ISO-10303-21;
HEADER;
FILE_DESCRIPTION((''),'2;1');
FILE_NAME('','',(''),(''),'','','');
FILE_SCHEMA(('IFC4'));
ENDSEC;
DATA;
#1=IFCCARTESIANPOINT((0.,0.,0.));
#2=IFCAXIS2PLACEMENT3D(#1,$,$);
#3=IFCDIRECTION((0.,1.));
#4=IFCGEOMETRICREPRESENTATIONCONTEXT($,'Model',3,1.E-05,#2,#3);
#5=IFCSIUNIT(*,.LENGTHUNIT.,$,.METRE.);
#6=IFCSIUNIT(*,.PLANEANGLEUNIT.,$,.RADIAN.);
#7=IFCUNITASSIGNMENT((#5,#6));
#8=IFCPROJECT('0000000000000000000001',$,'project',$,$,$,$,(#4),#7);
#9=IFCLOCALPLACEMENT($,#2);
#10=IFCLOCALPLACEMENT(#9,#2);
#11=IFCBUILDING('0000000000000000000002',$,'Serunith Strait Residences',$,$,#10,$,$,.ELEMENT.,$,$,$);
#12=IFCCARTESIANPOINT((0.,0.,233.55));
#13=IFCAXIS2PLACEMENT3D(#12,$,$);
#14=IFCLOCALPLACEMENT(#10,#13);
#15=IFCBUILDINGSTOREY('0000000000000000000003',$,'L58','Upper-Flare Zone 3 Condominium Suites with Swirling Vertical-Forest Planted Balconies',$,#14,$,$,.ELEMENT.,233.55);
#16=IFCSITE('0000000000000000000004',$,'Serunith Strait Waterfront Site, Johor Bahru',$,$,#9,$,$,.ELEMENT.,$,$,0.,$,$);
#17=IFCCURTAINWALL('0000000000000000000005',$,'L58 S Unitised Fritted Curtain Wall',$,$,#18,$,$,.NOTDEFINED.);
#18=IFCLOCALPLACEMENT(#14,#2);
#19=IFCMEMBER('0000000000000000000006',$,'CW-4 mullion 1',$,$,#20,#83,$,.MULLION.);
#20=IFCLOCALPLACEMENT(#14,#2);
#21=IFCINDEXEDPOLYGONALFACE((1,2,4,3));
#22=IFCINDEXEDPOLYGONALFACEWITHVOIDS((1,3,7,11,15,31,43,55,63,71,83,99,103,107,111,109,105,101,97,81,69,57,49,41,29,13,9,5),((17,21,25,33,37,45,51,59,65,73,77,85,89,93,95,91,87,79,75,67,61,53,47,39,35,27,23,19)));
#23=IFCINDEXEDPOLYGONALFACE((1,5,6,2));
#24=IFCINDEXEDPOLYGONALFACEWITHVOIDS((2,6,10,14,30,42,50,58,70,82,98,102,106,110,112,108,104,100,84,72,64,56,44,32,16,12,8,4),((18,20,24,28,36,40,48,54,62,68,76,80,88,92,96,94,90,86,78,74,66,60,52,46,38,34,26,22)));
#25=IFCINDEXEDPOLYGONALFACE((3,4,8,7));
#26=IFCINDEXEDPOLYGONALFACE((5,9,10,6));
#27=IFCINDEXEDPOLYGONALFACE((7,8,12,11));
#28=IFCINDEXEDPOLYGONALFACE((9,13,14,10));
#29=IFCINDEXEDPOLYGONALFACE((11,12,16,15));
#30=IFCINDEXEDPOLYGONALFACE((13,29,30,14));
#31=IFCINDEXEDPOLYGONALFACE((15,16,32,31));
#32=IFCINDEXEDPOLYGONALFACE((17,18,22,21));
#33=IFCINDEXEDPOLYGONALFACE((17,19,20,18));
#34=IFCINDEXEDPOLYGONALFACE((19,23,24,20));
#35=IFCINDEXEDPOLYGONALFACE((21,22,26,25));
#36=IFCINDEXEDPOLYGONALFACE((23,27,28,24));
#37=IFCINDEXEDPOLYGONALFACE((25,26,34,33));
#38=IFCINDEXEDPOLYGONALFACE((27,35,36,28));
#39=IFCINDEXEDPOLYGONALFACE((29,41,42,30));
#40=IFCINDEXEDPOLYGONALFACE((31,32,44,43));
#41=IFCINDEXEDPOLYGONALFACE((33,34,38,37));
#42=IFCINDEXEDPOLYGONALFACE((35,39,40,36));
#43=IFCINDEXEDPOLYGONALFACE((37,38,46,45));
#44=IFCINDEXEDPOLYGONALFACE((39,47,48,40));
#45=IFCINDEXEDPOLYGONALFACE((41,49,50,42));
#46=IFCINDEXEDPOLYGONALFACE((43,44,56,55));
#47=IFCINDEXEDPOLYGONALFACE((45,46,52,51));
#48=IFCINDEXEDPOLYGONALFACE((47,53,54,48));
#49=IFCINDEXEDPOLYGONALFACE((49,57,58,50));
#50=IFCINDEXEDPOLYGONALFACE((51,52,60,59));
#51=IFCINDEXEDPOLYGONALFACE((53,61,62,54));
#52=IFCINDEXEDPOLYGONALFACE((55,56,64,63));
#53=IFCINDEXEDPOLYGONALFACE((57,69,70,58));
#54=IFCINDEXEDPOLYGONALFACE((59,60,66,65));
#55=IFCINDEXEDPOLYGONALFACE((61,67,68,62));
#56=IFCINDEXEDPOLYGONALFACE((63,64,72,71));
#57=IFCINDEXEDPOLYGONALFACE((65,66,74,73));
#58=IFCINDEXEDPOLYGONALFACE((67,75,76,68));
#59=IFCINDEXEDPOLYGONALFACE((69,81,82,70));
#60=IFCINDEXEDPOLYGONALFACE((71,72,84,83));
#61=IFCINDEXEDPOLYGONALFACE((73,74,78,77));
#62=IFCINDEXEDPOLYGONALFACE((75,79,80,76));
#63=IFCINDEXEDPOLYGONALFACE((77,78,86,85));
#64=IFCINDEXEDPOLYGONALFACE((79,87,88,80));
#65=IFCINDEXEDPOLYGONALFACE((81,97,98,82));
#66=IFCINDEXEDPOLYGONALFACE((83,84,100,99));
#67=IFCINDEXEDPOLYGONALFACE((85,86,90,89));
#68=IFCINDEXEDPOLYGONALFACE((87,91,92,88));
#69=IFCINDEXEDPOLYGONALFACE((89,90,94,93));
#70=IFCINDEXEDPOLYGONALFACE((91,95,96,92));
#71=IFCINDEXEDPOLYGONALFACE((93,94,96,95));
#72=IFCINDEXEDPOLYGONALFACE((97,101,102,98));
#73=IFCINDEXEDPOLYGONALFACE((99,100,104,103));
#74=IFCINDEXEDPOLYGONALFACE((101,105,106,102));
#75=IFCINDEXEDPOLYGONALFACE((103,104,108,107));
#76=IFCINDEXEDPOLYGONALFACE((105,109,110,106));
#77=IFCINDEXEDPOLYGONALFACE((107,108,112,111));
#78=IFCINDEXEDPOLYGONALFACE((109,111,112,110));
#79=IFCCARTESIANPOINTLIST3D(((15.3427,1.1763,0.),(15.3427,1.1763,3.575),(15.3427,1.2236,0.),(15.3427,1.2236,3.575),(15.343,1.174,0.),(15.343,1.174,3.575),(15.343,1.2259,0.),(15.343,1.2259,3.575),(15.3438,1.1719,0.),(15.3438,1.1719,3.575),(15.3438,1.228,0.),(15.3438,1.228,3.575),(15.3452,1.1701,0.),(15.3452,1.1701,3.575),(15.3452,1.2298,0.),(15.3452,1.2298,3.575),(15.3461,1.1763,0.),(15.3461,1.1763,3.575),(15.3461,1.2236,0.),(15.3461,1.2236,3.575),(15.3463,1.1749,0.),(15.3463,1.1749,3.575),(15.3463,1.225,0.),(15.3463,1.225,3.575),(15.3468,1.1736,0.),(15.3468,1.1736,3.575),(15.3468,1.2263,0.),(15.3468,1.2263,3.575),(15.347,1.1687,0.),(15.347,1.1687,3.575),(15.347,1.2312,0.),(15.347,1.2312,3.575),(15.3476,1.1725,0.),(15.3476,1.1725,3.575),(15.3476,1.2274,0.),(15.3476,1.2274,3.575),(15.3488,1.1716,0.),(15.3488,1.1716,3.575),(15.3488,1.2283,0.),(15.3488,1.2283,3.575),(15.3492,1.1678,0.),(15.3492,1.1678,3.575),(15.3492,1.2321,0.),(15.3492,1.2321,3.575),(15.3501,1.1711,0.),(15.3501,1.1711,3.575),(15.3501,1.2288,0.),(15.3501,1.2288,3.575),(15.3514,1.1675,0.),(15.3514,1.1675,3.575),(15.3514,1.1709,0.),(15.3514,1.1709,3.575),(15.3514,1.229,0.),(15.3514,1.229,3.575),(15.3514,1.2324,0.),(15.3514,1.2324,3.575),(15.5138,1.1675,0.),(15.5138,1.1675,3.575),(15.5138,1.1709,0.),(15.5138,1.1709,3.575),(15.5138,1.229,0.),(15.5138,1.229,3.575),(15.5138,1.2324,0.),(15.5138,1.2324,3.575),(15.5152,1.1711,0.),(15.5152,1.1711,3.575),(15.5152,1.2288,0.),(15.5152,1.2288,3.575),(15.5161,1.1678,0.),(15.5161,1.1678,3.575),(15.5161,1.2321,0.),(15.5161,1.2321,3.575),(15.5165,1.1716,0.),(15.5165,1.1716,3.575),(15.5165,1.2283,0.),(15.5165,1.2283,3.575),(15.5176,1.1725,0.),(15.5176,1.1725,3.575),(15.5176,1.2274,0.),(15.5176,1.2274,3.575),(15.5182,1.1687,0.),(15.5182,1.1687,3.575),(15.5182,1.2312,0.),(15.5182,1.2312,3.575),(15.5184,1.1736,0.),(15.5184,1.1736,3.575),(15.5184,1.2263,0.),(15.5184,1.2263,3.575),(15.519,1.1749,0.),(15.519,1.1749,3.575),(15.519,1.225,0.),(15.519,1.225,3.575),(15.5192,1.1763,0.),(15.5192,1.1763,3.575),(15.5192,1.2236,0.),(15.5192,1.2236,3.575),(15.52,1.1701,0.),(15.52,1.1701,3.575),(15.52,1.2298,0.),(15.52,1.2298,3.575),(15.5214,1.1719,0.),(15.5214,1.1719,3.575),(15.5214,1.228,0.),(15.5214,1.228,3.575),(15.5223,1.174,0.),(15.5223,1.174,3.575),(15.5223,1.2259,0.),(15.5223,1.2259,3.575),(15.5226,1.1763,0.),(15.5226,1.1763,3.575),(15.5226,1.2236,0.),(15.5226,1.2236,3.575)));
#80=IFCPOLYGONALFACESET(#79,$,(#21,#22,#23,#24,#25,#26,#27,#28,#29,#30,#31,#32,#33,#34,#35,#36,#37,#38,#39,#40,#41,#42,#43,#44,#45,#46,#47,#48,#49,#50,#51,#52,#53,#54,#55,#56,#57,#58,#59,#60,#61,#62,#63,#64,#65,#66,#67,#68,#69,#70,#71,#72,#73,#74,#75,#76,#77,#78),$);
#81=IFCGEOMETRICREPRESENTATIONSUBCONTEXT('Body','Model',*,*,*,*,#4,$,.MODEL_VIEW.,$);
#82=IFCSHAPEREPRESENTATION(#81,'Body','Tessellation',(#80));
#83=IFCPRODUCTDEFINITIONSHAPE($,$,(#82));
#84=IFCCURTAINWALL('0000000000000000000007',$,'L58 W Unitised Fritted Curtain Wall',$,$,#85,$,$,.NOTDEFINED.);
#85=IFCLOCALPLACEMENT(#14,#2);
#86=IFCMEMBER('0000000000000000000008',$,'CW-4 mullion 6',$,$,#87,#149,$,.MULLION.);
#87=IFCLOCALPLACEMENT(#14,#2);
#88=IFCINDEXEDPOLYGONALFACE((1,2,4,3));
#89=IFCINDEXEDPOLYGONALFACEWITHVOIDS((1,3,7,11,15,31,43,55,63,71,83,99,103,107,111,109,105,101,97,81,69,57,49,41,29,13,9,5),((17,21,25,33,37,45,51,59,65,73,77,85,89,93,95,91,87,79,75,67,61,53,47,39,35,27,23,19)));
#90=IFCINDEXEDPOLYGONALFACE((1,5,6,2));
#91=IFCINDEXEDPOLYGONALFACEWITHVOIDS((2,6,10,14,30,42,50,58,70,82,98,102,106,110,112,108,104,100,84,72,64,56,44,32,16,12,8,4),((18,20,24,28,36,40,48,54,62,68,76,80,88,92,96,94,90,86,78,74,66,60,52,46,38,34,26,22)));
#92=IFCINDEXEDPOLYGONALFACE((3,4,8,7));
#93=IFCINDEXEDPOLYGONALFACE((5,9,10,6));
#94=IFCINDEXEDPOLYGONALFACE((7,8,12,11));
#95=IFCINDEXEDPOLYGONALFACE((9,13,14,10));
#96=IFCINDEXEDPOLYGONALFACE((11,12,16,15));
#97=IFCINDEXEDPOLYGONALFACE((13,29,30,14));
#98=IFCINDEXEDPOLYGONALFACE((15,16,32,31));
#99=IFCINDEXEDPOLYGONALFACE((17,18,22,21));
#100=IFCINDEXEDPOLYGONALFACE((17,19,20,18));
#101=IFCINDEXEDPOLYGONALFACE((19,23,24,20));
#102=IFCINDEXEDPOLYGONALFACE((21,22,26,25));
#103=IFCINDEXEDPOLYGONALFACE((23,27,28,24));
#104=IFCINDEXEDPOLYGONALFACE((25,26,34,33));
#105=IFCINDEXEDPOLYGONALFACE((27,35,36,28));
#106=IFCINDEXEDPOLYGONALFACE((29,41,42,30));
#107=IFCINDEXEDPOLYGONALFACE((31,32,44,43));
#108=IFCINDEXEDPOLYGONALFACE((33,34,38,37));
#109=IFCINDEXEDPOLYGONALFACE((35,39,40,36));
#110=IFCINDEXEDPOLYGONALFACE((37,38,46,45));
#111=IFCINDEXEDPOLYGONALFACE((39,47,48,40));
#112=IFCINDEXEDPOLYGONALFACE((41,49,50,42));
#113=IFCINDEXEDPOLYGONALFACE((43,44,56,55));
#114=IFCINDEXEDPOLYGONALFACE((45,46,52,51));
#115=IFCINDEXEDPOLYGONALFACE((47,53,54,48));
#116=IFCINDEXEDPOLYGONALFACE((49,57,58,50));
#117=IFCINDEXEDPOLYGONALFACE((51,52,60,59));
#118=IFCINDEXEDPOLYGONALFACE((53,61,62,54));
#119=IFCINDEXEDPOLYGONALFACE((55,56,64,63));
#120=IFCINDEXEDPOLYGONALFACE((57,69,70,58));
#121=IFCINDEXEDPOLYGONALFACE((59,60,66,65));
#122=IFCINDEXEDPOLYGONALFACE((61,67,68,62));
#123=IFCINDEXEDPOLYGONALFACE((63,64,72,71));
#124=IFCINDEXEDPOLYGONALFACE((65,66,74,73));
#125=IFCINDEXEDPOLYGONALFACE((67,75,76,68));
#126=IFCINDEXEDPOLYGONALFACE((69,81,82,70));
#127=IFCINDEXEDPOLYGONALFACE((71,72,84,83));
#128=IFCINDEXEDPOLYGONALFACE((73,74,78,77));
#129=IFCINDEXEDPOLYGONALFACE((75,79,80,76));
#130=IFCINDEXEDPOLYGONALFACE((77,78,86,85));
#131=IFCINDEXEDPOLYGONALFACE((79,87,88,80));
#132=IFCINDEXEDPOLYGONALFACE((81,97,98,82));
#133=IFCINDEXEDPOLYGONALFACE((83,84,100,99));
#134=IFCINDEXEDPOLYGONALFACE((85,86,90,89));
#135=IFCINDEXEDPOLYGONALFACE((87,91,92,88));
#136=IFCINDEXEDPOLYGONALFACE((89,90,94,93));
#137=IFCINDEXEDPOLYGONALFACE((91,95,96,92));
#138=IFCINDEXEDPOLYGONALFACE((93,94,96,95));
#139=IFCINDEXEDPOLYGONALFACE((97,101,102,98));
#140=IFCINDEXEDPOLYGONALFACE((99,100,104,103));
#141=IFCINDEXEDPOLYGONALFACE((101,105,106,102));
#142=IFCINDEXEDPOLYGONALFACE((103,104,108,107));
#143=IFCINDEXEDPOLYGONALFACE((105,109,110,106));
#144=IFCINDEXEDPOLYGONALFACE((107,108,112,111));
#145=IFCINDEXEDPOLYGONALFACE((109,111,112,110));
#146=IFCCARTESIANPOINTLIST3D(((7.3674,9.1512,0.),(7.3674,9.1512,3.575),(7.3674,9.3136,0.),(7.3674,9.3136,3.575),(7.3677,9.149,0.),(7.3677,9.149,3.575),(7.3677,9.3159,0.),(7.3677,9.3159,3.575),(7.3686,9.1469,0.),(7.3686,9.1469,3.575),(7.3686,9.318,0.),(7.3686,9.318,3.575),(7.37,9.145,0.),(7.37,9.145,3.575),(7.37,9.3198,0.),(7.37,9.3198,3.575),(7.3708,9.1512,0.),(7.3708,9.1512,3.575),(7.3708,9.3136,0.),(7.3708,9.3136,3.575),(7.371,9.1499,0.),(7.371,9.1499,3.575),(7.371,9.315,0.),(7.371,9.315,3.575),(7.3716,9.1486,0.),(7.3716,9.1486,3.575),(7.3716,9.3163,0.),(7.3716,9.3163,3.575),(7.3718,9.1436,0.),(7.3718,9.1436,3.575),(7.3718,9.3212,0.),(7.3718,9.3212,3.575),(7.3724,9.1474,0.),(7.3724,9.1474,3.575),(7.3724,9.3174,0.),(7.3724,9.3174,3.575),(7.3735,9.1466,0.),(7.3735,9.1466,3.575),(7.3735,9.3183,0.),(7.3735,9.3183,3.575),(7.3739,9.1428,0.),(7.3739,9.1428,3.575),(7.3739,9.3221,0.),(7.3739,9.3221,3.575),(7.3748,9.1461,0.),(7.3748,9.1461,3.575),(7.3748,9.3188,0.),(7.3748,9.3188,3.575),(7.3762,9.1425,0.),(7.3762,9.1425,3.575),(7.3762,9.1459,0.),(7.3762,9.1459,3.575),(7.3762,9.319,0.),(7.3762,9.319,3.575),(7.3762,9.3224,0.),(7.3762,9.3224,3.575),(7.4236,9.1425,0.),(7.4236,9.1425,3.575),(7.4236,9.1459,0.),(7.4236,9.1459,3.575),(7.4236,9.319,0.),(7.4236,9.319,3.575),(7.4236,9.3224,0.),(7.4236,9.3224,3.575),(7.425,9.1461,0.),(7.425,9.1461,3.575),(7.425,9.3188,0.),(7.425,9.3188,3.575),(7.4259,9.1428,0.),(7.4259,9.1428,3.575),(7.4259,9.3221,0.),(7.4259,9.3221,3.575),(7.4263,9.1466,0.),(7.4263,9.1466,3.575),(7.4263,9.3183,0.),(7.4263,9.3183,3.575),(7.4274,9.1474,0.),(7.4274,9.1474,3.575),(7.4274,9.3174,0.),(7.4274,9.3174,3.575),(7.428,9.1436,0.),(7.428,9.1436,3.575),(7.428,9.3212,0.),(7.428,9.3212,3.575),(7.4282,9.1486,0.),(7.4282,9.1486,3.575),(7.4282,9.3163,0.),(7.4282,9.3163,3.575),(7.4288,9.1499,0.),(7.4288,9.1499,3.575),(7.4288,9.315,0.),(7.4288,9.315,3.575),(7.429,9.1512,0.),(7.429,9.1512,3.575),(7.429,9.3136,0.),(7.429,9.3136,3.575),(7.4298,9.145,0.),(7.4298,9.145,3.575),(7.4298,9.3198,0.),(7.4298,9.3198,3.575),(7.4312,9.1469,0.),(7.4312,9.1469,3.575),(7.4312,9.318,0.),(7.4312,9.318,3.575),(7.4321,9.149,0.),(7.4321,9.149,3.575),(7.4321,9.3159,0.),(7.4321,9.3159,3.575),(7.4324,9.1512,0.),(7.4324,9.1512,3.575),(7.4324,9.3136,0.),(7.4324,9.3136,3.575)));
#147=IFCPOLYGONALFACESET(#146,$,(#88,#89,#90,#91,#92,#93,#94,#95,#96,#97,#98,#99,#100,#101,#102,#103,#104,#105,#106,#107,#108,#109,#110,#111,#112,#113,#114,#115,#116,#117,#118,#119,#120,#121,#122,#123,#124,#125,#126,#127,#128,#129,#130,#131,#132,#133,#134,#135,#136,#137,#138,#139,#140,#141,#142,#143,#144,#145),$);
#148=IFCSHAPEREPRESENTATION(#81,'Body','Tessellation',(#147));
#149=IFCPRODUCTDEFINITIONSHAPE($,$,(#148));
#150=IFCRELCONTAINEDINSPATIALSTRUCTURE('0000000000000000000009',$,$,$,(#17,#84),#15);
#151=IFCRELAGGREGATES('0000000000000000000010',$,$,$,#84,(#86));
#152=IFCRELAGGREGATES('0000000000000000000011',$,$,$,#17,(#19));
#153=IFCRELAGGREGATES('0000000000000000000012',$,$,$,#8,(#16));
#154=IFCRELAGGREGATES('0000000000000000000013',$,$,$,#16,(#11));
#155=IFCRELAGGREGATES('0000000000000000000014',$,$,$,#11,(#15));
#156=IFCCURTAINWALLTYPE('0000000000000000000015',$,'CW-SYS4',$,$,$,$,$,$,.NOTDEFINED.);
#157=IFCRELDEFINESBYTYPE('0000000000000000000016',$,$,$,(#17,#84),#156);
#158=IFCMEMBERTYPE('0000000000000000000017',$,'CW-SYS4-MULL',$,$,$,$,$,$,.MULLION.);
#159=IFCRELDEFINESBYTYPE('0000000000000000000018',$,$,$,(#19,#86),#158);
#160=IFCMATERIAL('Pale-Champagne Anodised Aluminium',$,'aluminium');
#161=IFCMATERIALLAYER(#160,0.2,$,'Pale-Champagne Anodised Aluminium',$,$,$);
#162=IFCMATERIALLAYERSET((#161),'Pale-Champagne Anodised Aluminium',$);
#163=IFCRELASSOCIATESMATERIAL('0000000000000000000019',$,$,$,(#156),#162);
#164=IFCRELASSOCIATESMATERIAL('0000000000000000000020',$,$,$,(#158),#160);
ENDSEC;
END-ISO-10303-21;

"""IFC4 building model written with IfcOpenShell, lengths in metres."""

from ifc_helpers import new_model, si_unit, direction, frame, origin, origin_2d, place, context, subcontext, project, spatial, hollow_rectangle, extrude, source, transform, mapped, material, layer, layer_set, material_profile, profile_set, type_object, element, aggregate, save


model = new_model("IFC4")

# Units and contexts
model_context = context("Model", 3, precision=1e-05, world=origin(), true_north=direction((0.0, 1.0)))
body_context = subcontext(model_context, "Body", "Model", "MODEL_VIEW")
ifc_project = project(units=[si_unit("LENGTHUNIT", "METRE"), si_unit("PLANEANGLEUNIT", "RADIAN")], contexts=[model_context])

# Site, building, storey
site_placement = place(None, origin())
site = spatial("IfcSite", under=ifc_project, at=site_placement, Name="Serunith Strait Waterfront Site, Johor Bahru", CompositionType="ELEMENT", RefElevation=0.0)
building_placement = place(site_placement, origin())
building = spatial("IfcBuilding", under=site, at=building_placement, Name="Serunith Strait Residences", CompositionType="ELEMENT")
storey_placement = place(building_placement, frame((0.0, 0.0, 233.55)))
storey = spatial("IfcBuildingStorey", under=building, at=storey_placement, Name="L58", Description="Upper-Flare Zone 3 Condominium Suites with Swirling Vertical-Forest Planted Balconies", CompositionType="ELEMENT", Elevation=233.55)

# Curtain walls, members
ifc_material_1 = material(Name="Pale-Champagne Anodised Aluminium", Category="aluminium")
ifc_layer_1 = layer(ifc_material_1, 0.2, Name="Pale-Champagne Anodised Aluminium")
ifc_layer_set_1 = layer_set([ifc_layer_1], Name="Pale-Champagne Anodised Aluminium")
curtain_wall_type = type_object("IfcCurtainWallType", Name="CW-SYS4", PredefinedType="NOTDEFINED", material=ifc_layer_set_1)
curtain_wall_1_placement = place(storey_placement, origin())
curtain_wall_1 = element("IfcCurtainWall", 1, at=curtain_wall_1_placement, inside=storey, type_object=curtain_wall_type, Name="L58 S Unitised Fritted Curtain Wall", PredefinedType="NOTDEFINED")
ifc_material_profile_1 = material_profile(ifc_material_1, hollow_rectangle(XDim=0.0649, YDim=0.1799, WallThickness=0.0034, InnerFilletRadius=0.0054, OuterFilletRadius=0.0088, at=origin_2d()), Name="ALU 180x65x3.5")
ifc_profile_set_1 = profile_set([ifc_material_profile_1], Name="Pale-Champagne Anodised Aluminium")
member_type_1 = type_object("IfcMemberType", Name="CW-SYS4-MULL", PredefinedType="MULLION", material=ifc_profile_set_1)
shared_shape_1 = source(origin(), body_context, "Body", "SweptSolid", [
    extrude(hollow_rectangle(XDim=0.0649, YDim=0.1799, WallThickness=0.0034, InnerFilletRadius=0.0054, OuterFilletRadius=0.0088, at=origin_2d()), origin(), (0.0, 0.0, 1.0), 3.575),
])
member_1_placement = place(storey_placement, frame((15.4326, 1.2, 0.0), z_axis=(0.0, 0.0, 1.0), x_axis=(0.0, 1.0, 0.0)))
member_1 = element("IfcMember", 2, at=member_1_placement, type_object=member_type_1, Name="CW-4 mullion 1", PredefinedType="MULLION", context=body_context, shape_type="MappedRepresentation", body=[
    mapped(shared_shape_1, transform((0.0, 0.0, 0.0), scale=1.0)),
])
curtain_wall_2_placement = place(storey_placement, origin())
curtain_wall_2 = element("IfcCurtainWall", 3, at=curtain_wall_2_placement, inside=storey, type_object=curtain_wall_type, Name="L58 W Unitised Fritted Curtain Wall", PredefinedType="NOTDEFINED")
member_2_placement = place(storey_placement, frame((7.3999, 9.2324, 0.0), z_axis=(0.0, 0.0, 1.0), x_axis=(1.0, 0.0, 0.0)))
member_2 = element("IfcMember", 4, at=member_2_placement, type_object=member_type_1, Name="CW-4 mullion 6", PredefinedType="MULLION", context=body_context, shape_type="MappedRepresentation", body=[
    mapped(shared_shape_1, transform((0.0, 0.0, 0.0), scale=1.0)),
])
aggregate(curtain_wall_2, [member_2])

aggregate(curtain_wall_1, [member_1])

save(model, "model.ifc")
